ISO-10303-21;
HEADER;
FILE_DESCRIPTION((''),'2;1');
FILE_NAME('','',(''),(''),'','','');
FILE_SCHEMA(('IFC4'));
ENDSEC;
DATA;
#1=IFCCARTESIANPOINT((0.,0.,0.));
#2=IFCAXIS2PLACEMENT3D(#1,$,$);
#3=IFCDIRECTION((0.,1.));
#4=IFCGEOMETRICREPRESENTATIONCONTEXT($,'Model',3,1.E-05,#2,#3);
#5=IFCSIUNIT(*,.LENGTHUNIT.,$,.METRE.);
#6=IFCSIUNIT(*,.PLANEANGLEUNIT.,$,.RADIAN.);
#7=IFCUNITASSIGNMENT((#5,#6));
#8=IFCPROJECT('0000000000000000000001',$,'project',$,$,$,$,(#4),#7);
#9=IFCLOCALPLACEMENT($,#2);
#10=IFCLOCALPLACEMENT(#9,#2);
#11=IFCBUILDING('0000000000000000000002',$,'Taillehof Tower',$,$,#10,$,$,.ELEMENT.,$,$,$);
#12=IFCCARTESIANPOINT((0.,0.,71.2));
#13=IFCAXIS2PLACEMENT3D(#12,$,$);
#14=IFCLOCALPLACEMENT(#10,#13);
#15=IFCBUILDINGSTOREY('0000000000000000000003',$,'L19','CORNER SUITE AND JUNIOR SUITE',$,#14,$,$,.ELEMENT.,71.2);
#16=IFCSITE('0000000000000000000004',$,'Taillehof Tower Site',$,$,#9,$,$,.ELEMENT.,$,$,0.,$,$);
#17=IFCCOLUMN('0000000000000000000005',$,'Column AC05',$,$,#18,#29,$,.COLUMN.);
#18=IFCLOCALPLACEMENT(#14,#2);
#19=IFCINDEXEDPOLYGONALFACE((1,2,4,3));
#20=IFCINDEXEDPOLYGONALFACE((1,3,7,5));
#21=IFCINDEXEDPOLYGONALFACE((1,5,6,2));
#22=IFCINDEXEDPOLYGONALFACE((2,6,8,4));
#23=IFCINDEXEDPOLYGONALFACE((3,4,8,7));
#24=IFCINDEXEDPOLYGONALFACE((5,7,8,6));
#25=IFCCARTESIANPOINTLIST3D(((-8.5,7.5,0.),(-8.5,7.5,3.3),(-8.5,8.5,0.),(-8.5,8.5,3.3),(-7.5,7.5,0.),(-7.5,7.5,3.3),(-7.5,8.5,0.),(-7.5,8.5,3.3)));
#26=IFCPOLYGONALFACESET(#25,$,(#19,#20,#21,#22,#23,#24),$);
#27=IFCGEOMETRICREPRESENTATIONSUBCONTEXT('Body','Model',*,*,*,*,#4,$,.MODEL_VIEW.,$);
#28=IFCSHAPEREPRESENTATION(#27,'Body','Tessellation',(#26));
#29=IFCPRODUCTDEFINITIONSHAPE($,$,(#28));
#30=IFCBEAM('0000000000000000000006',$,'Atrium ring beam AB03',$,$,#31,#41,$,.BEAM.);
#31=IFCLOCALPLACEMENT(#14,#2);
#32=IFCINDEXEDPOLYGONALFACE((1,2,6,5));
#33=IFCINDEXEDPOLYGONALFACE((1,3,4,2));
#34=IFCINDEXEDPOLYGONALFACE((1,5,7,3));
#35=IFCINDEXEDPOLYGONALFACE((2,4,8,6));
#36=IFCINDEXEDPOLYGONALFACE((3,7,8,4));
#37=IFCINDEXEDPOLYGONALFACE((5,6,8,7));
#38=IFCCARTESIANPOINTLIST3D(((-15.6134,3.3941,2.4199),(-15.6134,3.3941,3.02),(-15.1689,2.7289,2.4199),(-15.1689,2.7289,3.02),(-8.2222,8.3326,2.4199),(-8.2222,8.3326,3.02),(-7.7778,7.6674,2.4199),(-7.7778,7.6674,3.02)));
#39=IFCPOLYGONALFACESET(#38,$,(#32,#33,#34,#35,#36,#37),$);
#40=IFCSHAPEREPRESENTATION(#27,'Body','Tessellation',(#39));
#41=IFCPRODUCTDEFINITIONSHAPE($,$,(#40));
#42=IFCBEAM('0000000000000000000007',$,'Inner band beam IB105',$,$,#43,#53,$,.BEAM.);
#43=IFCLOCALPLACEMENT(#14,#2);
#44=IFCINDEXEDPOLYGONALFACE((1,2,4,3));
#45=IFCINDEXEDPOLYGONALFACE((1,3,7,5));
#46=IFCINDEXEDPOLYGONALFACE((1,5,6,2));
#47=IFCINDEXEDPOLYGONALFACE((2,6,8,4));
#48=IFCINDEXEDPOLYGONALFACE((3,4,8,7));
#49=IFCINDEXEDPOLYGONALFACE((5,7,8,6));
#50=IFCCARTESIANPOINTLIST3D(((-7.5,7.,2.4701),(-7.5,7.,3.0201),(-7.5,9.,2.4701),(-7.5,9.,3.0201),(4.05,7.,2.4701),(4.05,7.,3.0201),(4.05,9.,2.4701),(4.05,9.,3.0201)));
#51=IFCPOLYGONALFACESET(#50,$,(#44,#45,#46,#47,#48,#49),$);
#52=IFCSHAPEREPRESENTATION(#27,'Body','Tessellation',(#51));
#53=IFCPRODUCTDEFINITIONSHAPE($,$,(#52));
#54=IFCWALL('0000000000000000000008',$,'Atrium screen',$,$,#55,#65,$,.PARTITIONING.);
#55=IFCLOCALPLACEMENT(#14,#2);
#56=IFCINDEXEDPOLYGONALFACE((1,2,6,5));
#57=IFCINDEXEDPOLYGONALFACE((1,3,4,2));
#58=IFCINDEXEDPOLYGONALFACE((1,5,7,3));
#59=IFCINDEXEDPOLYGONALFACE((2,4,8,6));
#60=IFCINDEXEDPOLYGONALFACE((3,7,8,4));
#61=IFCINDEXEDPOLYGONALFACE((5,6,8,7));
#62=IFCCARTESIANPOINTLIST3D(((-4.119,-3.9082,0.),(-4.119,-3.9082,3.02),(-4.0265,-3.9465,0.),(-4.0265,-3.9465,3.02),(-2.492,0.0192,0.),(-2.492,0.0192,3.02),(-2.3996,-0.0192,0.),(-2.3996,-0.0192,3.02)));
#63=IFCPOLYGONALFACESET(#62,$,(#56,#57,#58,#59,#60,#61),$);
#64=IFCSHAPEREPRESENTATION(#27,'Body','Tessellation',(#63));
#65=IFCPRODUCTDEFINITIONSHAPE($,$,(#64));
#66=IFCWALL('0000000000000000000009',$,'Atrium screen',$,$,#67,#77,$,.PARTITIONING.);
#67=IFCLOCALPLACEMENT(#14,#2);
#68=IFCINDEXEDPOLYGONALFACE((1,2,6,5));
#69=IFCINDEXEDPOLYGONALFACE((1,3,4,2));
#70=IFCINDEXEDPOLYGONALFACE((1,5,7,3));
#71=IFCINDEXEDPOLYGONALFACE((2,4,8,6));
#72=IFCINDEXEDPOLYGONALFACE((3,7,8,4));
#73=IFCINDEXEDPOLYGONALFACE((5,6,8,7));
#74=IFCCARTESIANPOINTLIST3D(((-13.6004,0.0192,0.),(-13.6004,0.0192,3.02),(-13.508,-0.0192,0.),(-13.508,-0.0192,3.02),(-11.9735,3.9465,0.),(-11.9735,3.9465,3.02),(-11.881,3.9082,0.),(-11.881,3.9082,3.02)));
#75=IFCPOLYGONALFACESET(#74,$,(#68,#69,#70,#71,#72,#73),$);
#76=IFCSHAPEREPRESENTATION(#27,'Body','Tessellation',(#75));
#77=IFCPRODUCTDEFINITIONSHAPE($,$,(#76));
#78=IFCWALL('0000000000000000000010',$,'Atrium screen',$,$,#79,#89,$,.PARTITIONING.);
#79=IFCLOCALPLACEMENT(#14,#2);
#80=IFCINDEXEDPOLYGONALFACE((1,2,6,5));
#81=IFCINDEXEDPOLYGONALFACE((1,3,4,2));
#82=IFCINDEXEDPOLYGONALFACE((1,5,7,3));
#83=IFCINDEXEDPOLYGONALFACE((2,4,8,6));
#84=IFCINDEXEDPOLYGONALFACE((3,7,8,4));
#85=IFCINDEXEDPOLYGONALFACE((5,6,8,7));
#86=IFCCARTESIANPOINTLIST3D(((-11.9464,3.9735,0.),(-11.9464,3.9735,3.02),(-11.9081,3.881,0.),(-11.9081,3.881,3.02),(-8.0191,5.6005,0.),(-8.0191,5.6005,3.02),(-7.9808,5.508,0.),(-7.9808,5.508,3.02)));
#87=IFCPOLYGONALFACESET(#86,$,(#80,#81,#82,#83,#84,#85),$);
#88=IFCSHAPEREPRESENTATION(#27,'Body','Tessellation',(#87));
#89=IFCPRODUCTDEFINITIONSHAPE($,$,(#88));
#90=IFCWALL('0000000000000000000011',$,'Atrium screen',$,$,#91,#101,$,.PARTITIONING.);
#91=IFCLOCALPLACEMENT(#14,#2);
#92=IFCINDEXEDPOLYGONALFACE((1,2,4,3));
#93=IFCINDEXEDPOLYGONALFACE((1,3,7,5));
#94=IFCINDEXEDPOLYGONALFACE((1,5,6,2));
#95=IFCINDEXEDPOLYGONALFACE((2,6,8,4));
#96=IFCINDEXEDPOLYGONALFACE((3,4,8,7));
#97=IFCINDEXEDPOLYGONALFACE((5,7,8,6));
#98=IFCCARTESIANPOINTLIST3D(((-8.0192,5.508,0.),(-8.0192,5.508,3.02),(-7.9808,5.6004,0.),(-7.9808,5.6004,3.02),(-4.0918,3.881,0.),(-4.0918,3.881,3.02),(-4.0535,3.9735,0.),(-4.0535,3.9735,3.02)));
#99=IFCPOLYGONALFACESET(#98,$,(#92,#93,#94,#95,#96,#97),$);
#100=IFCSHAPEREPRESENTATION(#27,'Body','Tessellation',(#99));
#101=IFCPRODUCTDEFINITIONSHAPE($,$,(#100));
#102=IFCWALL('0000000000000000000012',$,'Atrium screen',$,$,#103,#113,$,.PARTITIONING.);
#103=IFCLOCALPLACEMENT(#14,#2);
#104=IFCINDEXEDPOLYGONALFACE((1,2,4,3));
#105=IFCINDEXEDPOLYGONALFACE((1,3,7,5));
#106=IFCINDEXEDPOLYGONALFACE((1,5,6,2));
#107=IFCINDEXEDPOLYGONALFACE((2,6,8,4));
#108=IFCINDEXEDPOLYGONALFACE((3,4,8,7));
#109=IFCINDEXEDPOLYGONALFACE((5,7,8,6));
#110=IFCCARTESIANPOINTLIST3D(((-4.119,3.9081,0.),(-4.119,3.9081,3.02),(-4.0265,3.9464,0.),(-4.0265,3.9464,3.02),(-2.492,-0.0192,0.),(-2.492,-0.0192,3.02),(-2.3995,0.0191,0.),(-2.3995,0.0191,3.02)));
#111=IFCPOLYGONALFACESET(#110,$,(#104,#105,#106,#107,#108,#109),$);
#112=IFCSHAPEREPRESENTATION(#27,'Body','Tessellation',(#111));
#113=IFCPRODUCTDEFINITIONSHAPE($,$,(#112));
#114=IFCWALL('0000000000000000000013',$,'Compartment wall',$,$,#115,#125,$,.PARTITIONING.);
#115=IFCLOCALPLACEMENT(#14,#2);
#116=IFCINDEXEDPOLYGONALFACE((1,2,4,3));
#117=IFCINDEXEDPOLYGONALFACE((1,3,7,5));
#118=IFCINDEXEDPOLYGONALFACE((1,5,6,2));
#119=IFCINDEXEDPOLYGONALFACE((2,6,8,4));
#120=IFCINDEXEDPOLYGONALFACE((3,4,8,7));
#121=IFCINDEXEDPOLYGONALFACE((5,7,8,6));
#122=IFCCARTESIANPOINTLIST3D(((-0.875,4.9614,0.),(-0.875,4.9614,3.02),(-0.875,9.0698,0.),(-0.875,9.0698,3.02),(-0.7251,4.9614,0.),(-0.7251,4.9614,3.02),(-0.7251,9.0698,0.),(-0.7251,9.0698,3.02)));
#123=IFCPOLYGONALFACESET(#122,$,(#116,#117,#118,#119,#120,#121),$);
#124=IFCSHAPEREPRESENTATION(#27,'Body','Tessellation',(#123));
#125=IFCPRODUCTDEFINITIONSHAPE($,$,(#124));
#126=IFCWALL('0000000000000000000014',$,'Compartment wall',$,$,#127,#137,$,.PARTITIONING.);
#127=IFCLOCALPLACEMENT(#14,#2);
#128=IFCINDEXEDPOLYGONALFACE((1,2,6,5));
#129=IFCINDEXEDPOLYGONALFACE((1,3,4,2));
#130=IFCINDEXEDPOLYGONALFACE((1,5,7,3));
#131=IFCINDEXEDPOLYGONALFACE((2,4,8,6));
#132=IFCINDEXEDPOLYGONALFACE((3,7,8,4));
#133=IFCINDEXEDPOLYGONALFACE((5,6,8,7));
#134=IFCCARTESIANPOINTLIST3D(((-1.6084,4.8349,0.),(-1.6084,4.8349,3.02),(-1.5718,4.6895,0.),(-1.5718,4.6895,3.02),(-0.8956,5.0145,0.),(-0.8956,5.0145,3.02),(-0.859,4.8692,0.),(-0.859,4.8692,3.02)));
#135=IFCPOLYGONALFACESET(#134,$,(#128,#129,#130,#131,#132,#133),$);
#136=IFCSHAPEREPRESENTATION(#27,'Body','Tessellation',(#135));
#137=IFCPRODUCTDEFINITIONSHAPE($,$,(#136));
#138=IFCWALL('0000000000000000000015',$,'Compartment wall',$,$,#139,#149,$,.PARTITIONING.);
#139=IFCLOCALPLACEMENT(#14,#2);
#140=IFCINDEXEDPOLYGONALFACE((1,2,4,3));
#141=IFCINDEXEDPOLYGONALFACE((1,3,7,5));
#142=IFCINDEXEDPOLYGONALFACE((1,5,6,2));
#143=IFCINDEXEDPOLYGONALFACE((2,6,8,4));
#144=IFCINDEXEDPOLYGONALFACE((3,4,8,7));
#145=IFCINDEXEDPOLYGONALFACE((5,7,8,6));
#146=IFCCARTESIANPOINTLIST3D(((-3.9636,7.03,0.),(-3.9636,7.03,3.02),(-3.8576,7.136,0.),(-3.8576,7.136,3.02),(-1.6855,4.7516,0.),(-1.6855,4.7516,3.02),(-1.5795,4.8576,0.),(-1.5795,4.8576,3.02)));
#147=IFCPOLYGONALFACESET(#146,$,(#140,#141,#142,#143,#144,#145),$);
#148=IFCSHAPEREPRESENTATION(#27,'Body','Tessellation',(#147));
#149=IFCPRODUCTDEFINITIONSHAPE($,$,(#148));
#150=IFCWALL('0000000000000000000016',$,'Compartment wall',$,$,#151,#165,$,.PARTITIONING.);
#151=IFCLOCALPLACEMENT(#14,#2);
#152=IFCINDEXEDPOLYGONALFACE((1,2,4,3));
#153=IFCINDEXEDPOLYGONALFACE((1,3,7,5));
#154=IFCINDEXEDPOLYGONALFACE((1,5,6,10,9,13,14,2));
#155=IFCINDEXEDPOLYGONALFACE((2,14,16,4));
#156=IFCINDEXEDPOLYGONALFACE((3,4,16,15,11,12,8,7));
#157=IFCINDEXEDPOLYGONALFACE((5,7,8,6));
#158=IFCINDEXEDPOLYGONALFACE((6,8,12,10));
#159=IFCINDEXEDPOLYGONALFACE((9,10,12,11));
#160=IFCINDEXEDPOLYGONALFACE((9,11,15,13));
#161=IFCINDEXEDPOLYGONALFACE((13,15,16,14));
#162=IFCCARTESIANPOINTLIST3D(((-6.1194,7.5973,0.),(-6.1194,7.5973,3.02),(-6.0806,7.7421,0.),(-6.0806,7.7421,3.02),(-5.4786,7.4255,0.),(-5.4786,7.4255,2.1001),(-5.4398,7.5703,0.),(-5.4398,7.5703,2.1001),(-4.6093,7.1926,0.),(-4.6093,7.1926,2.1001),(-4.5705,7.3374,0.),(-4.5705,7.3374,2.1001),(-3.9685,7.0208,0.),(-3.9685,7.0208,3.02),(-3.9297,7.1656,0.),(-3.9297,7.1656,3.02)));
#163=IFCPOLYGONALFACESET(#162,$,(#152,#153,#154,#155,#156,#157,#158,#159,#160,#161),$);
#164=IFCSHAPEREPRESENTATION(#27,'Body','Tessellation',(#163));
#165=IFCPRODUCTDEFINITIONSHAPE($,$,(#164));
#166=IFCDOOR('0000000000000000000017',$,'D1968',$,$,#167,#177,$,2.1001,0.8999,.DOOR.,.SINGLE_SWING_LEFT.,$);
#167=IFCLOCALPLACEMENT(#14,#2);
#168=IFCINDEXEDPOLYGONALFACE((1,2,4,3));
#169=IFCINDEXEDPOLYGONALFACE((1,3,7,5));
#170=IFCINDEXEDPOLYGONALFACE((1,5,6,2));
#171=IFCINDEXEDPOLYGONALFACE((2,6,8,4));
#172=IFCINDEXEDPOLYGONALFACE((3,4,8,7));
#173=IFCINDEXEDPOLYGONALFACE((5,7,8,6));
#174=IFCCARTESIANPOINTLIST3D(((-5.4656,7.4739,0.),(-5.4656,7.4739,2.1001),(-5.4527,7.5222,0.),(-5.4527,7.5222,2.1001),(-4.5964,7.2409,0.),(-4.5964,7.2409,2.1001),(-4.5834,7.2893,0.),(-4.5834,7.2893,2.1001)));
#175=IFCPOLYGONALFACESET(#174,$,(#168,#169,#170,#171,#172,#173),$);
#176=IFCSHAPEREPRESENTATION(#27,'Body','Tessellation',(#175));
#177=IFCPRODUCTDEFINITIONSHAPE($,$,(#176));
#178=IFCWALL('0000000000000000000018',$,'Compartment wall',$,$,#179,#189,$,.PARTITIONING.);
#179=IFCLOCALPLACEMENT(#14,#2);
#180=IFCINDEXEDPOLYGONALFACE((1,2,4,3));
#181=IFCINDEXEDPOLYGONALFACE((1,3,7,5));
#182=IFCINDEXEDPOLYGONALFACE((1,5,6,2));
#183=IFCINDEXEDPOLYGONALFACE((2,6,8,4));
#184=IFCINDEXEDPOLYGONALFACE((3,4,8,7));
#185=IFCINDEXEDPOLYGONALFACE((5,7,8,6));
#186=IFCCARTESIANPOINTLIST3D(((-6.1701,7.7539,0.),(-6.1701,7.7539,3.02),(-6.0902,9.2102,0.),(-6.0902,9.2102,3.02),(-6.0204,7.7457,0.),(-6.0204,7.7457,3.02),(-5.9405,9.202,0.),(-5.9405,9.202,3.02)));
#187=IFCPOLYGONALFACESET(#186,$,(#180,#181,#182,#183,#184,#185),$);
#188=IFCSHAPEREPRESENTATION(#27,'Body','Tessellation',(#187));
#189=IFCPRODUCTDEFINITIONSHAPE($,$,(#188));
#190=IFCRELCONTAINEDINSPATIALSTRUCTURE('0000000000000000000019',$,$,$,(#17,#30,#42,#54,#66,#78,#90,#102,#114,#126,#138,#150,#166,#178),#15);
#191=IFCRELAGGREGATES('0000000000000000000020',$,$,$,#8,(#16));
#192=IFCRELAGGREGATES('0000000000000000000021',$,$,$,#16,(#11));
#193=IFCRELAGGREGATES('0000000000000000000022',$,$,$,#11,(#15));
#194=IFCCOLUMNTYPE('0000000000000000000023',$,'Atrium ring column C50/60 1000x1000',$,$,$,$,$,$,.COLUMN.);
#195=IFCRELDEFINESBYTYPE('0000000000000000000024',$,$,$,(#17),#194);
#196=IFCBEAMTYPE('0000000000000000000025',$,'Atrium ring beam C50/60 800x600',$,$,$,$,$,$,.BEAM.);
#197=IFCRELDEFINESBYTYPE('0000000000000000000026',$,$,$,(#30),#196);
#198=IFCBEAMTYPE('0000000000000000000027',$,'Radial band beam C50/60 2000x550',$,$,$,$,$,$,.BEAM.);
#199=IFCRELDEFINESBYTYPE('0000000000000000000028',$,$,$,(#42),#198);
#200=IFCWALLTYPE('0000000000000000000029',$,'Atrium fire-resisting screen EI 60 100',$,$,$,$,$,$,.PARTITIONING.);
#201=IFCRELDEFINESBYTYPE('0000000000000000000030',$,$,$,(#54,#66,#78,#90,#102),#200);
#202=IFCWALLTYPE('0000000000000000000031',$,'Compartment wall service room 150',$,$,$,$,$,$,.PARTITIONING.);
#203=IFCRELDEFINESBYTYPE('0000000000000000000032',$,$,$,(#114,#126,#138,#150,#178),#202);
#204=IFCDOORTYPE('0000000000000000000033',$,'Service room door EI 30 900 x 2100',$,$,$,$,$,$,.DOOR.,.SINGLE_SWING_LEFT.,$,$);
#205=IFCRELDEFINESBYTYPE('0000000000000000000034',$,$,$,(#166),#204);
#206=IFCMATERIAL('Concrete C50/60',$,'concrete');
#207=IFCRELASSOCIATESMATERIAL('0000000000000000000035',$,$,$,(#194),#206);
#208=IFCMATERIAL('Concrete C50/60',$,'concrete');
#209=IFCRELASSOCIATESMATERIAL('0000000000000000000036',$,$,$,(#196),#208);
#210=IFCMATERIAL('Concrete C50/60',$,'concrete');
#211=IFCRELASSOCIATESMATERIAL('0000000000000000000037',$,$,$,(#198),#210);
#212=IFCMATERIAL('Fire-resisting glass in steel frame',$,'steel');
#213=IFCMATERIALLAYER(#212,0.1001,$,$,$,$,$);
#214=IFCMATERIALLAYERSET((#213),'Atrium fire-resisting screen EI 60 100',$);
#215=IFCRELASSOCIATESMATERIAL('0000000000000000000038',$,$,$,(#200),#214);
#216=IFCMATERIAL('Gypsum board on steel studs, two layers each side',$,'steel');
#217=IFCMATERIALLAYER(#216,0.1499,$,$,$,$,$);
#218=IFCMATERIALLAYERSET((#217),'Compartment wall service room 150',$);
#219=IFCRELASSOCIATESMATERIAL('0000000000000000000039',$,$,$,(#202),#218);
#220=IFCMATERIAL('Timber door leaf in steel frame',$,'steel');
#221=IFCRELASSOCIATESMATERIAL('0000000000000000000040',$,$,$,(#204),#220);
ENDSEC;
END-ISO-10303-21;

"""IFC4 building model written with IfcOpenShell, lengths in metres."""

from ifc_helpers import new_model, si_unit, direction, frame, frame_2d, origin, origin_2d, place, context, subcontext, project, spatial, rectangle, extrude, material, layer, layer_set, material_profile, profile_set, type_object, element, fill, save


model = new_model("IFC4")

# Units and contexts
model_context = context("Model", 3, precision=1e-05, world=origin(), true_north=direction((0.0, 1.0)))
body_context = subcontext(model_context, "Body", "Model", "MODEL_VIEW")
ifc_project = project(units=[si_unit("LENGTHUNIT", "METRE"), si_unit("PLANEANGLEUNIT", "RADIAN")], contexts=[model_context])

# Site, building, storey
site_placement = place(None, origin())
site = spatial("IfcSite", under=ifc_project, at=site_placement, Name="Taillehof Tower Site", CompositionType="ELEMENT", RefElevation=0.0)
building_placement = place(site_placement, origin())
building = spatial("IfcBuilding", under=site, at=building_placement, Name="Taillehof Tower", CompositionType="ELEMENT")
storey_placement = place(building_placement, frame((0.0, 0.0, 71.2)))
storey = spatial("IfcBuildingStorey", under=building, at=storey_placement, Name="L19", Description="CORNER SUITE AND JUNIOR SUITE", CompositionType="ELEMENT", Elevation=71.2)

# Column
ifc_material_1 = material(Name="Concrete C50/60", Category="concrete")
ifc_material_profile_1 = material_profile(ifc_material_1, rectangle(XDim=1.0, YDim=1.0, at=origin_2d()), Name="RC 1000x1000")
ifc_profile_set_1 = profile_set([ifc_material_profile_1], Name="Concrete C50/60")
column_type = type_object("IfcColumnType", Name="Atrium ring column C50/60 1000x1000", PredefinedType="COLUMN", material=ifc_profile_set_1)
column_placement = place(storey_placement, frame((-8.0, 8.0, 0.0), z_axis=(0.0, 0.0, 1.0), x_axis=(1.0, 0.0, 0.0)))
element("IfcColumn", 1, at=column_placement, inside=storey, type_object=column_type, Name="Column AC05", PredefinedType="COLUMN", context=body_context, shape_type="SweptSolid", body=[
    extrude(rectangle(XDim=1.0, YDim=1.0, at=origin_2d()), origin(), (0.0, 0.0, 1.0), 3.3),
])

# Beams
ifc_material_2 = material(Name="Concrete C50/60", Category="concrete")
ifc_material_profile_2 = material_profile(ifc_material_2, rectangle(XDim=0.8, YDim=0.6001, at=origin_2d()), Name="RC 800x600")
ifc_profile_set_2 = profile_set([ifc_material_profile_2], Name="Concrete C50/60")
beam_type_1 = type_object("IfcBeamType", Name="Atrium ring beam C50/60 800x600", PredefinedType="BEAM", material=ifc_profile_set_2)
beam_1_placement = place(storey_placement, frame((-8.0, 8.0, 2.72), z_axis=(-0.831475, -0.555562, 0.0), x_axis=(0.555562, -0.831475, 0.0)))
element("IfcBeam", 2, at=beam_1_placement, inside=storey, type_object=beam_type_1, Name="Atrium ring beam AB03", PredefinedType="BEAM", context=body_context, shape_type="SweptSolid", body=[
    extrude(rectangle(XDim=0.8, YDim=0.6001, at=origin_2d()), origin(), (0.0, 0.0, 1.0), 8.8892),
])
ifc_material_3 = material(Name="Concrete C50/60", Category="concrete")
ifc_material_profile_3 = material_profile(ifc_material_3, rectangle(XDim=2.0, YDim=0.55, at=origin_2d()), Name="RC 2000x550")
ifc_profile_set_3 = profile_set([ifc_material_profile_3], Name="Concrete C50/60")
beam_type_2 = type_object("IfcBeamType", Name="Radial band beam C50/60 2000x550", PredefinedType="BEAM", material=ifc_profile_set_3)
beam_2_placement = place(storey_placement, frame((-7.5, 8.0, 2.7451), z_axis=(1.0, 0.0, 0.0), x_axis=(0.0, 1.0, 0.0)))
element("IfcBeam", 3, at=beam_2_placement, inside=storey, type_object=beam_type_2, Name="Inner band beam IB105", PredefinedType="BEAM", context=body_context, shape_type="SweptSolid", body=[
    extrude(rectangle(XDim=2.0, YDim=0.55, at=origin_2d()), origin(), (0.0, 0.0, 1.0), 11.55),
])

# Walls
ifc_material_4 = material(Name="Fire-resisting glass in steel frame", Category="steel")
ifc_layer_1 = layer(ifc_material_4, 0.1001)
ifc_layer_set_1 = layer_set([ifc_layer_1], Name="Atrium fire-resisting screen EI 60 100")
wall_type_1 = type_object("IfcWallType", Name="Atrium fire-resisting screen EI 60 100", PredefinedType="PARTITIONING", material=ifc_layer_set_1)
for number, where, z_axis, x_axis, name in (
    (4, (-2.4458, 0.0, 0.0), (0.0, 0.0, 1.0), (-0.382731, -0.92386, 0.0), "Atrium screen"),
    (5, (-13.5542, 0.0, 0.0), (0.0, 0.0, 1.0), (0.382731, 0.92386, 0.0), "Atrium screen"),
    (6, (-11.9272, 3.9272, 0.0), (0.0, 0.0, 1.0), (0.92386, 0.382731, 0.0), "Atrium screen"),
    (7, (-8.0, 5.5542, 0.0), (0.0, 0.0, 1.0), (0.92386, -0.382731, 0.0), "Atrium screen"),
    (8, (-4.0728, 3.9272, 0.0), (0.0, 0.0, 1.0), (0.382731, -0.92386, 0.0), "Atrium screen"),
):
    element("IfcWall", number, at=place(storey_placement, frame(where, z_axis=z_axis, x_axis=x_axis)), inside=storey, type_object=wall_type_1, Name=name, PredefinedType="PARTITIONING", context=body_context, shape_type="SweptSolid", body=[
        extrude(rectangle(XDim=4.251, YDim=0.1001, at=frame_2d((2.1255, 0.0))), origin(), (0.0, 0.0, 1.0), 3.02),
    ])
ifc_material_5 = material(Name="Gypsum board on steel studs, two layers each side", Category="steel")
ifc_layer_2 = layer(ifc_material_5, 0.1499)
ifc_layer_set_2 = layer_set([ifc_layer_2], Name="Compartment wall service room 150")
wall_type_2 = type_object("IfcWallType", Name="Compartment wall service room 150", PredefinedType="PARTITIONING", material=ifc_layer_set_2)
wall_1_placement = place(storey_placement, frame((-0.8, 9.0698, 0.0), z_axis=(0.0, 0.0, 1.0), x_axis=(0.0, -1.0, 0.0)))
element("IfcWall", 9, at=wall_1_placement, inside=storey, type_object=wall_type_2, Name="Compartment wall", PredefinedType="PARTITIONING", context=body_context, shape_type="SweptSolid", body=[
    extrude(rectangle(XDim=4.1084, YDim=0.1499, at=frame_2d((2.0542, 0.0))), origin(), (0.0, 0.0, 1.0), 3.02),
])
wall_2_placement = place(storey_placement, frame((-0.8772, 4.9419, 0.0), z_axis=(0.0, 0.0, 1.0), x_axis=(-0.969672, -0.24441, 0.0)))
element("IfcWall", 10, at=wall_2_placement, inside=storey, type_object=wall_type_2, Name="Compartment wall", PredefinedType="PARTITIONING", context=body_context, shape_type="SweptSolid", body=[
    extrude(rectangle(XDim=0.7351, YDim=0.1499, at=frame_2d((0.3677, 0.0))), origin(), (0.0, 0.0, 1.0), 3.02),
])
wall_3_placement = place(storey_placement, frame((-1.6326, 4.8047, 0.0), z_axis=(0.0, 0.0, 1.0), x_axis=(-0.707069, 0.707145, 0.0)))
element("IfcWall", 11, at=wall_3_placement, inside=storey, type_object=wall_type_2, Name="Compartment wall", PredefinedType="PARTITIONING", context=body_context, shape_type="SweptSolid", body=[
    extrude(rectangle(XDim=3.2219, YDim=0.1499, at=frame_2d((1.6108, 0.0))), origin(), (0.0, 0.0, 1.0), 3.02),
])

# Wall, opening, door
wall_4_placement = place(storey_placement, frame((-3.9492, 7.0933, 0.0), z_axis=(0.0, 0.0, 1.0), x_axis=(-0.965916, 0.258857, 0.0)))
wall_4 = element("IfcWall", 12, at=wall_4_placement, inside=storey, type_object=wall_type_2, Name="Compartment wall", PredefinedType="PARTITIONING", context=body_context, shape_type="SweptSolid", body=[
    extrude(rectangle(XDim=2.2268, YDim=0.1499, at=frame_2d((1.1133, 0.0))), origin(), (0.0, 0.0, 1.0), 3.02),
])
opening_1_placement = place(wall_4_placement, frame((0.6633, 0.0, 0.0)))
opening_1 = element("IfcOpeningElement", 13, at=opening_1_placement, cuts=wall_4, PredefinedType="OPENING", context=body_context, shape_type="SweptSolid", body=[
    extrude(rectangle(XDim=0.8999, YDim=2.1001, at=frame_2d((0.45, 1.05))), frame((0.0, 0.085, 0.0), z_axis=(0.0, -1.0, 0.0), x_axis=(1.0, 0.0, 0.0)), (0.0, 0.0, 1.0), 0.1699),
])
ifc_material_6 = material(Name="Timber door leaf in steel frame", Category="steel")
door_type_1 = type_object("IfcDoorType", Name="Service room door EI 30 900 x 2100", OperationType="SINGLE_SWING_LEFT", PredefinedType="DOOR", material=ifc_material_6)
door_1_placement = place(opening_1_placement, origin())
door_1 = element("IfcDoor", 14, at=door_1_placement, inside=storey, type_object=door_type_1, Name="D1968", OperationType="SINGLE_SWING_LEFT", OverallHeight=2.1001, OverallWidth=0.8999, PredefinedType="DOOR", context=body_context, shape_type="SweptSolid", body=[
    extrude(rectangle(XDim=0.8999, YDim=2.1001, at=frame_2d((0.45, 1.05))), frame((0.0, 0.0249, 0.0), z_axis=(0.0, -1.0, 0.0), x_axis=(1.0, 0.0, 0.0)), (0.0, 0.0, 1.0), 0.05),
])
fill(opening_1, door_1)

# Wall
wall_5_placement = place(storey_placement, frame((-6.0952, 7.7498, 0.0), z_axis=(0.0, 0.0, 1.0), x_axis=(0.054738, 0.998501, 0.0)))
element("IfcWall", 15, at=wall_5_placement, inside=storey, type_object=wall_type_2, Name="Compartment wall", PredefinedType="PARTITIONING", context=body_context, shape_type="SweptSolid", body=[
    extrude(rectangle(XDim=1.4585, YDim=0.1499, at=frame_2d((0.7292, 0.0))), origin(), (0.0, 0.0, 1.0), 3.02),
])

save(model, "model.ifc")
